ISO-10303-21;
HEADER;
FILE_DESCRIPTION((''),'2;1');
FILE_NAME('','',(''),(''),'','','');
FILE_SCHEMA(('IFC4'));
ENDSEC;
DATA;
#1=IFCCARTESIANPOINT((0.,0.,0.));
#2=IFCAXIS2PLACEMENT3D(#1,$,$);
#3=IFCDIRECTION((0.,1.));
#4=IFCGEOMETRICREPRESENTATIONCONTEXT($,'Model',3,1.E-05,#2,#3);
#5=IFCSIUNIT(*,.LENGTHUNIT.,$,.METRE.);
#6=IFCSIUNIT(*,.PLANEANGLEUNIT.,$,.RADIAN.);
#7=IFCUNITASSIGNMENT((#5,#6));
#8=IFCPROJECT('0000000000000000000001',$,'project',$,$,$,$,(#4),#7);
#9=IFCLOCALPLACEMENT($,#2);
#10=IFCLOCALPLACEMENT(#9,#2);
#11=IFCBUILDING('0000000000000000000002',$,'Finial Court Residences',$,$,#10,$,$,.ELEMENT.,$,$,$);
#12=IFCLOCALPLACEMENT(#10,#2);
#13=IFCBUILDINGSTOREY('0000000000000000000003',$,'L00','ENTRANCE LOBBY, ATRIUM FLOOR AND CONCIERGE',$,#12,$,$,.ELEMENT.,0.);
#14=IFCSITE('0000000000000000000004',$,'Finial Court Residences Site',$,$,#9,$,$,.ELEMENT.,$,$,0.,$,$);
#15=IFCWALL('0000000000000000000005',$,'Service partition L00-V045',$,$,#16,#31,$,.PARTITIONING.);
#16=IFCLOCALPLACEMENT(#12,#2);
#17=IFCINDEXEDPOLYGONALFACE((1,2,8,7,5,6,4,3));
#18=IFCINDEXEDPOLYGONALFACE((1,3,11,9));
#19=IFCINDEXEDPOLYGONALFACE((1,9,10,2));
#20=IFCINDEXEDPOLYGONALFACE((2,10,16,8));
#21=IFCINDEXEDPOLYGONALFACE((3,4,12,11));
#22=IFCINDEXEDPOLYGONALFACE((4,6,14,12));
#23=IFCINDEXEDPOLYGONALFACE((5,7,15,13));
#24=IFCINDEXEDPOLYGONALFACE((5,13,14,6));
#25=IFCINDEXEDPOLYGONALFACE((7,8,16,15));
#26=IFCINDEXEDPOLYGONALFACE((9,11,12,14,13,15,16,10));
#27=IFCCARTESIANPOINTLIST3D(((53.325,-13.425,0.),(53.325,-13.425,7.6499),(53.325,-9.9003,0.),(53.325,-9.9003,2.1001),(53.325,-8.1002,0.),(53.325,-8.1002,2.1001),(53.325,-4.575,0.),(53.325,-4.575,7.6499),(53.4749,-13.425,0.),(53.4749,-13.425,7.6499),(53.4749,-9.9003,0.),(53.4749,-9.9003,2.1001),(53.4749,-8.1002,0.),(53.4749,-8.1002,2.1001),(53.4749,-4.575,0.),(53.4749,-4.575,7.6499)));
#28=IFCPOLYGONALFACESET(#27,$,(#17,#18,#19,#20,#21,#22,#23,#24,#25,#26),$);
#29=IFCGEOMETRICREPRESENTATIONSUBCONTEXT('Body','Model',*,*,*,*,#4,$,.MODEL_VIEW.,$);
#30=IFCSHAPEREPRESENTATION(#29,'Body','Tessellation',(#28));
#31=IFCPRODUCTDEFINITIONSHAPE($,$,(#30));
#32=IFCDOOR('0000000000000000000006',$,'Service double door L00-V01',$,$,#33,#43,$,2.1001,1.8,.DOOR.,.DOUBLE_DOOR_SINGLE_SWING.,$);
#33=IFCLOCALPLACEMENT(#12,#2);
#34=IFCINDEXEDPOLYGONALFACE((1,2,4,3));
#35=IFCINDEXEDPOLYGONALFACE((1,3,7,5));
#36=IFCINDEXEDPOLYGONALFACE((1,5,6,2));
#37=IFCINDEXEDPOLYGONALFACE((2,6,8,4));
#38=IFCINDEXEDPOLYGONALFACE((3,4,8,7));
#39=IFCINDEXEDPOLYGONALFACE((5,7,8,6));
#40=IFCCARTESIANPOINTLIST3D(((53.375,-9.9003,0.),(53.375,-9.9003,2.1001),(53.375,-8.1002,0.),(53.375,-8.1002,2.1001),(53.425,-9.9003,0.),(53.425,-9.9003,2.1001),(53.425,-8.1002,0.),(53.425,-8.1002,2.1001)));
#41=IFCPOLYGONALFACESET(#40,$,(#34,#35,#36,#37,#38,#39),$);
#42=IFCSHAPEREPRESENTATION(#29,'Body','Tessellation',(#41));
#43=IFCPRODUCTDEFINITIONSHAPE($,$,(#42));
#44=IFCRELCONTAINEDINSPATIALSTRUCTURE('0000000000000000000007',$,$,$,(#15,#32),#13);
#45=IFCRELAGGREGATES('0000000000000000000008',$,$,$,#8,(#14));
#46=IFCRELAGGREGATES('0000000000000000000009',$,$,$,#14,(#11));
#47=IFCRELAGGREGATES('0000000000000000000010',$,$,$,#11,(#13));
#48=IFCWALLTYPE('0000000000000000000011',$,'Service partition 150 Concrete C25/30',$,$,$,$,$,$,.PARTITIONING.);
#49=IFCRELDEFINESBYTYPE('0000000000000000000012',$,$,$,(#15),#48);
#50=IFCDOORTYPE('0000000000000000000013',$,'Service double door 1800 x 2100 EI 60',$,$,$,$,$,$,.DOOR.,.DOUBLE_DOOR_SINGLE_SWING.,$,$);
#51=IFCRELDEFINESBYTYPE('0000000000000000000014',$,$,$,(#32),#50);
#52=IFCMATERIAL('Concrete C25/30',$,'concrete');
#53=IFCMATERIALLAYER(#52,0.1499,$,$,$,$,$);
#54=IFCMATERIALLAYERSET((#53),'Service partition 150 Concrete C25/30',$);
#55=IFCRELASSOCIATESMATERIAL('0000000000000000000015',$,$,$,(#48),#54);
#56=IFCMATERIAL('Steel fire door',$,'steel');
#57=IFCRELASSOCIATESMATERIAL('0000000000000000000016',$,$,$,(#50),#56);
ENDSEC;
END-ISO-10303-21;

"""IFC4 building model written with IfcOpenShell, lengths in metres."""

from ifc_helpers import new_model, si_unit, direction, frame, frame_2d, origin, place, context, subcontext, project, spatial, rectangle, extrude, material, layer, layer_set, type_object, element, fill, save


model = new_model("IFC4")

# Units and contexts
model_context = context("Model", 3, precision=1e-05, world=origin(), true_north=direction((0.0, 1.0)))
body_context = subcontext(model_context, "Body", "Model", "MODEL_VIEW")
ifc_project = project(units=[si_unit("LENGTHUNIT", "METRE"), si_unit("PLANEANGLEUNIT", "RADIAN")], contexts=[model_context])

# Site, building, storey
site_placement = place(None, origin())
site = spatial("IfcSite", under=ifc_project, at=site_placement, Name="Finial Court Residences Site", CompositionType="ELEMENT", RefElevation=0.0)
building_placement = place(site_placement, origin())
building = spatial("IfcBuilding", under=site, at=building_placement, Name="Finial Court Residences", CompositionType="ELEMENT")
storey_placement = place(building_placement, origin())
storey = spatial("IfcBuildingStorey", under=building, at=storey_placement, Name="L00", Description="ENTRANCE LOBBY, ATRIUM FLOOR AND CONCIERGE", CompositionType="ELEMENT", Elevation=0.0)

# Shared definitions
ifc_material_1 = material(Name="Concrete C25/30", Category="concrete")
ifc_layer_1 = layer(ifc_material_1, 0.1499)
ifc_layer_set_1 = layer_set([ifc_layer_1], Name="Service partition 150 Concrete C25/30")
wall_type_1 = type_object("IfcWallType", Name="Service partition 150 Concrete C25/30", PredefinedType="PARTITIONING", material=ifc_layer_set_1)

# Wall, opening, door
ifc_material_2 = material(Name="Steel fire door", Category="steel")
door_type_1 = type_object("IfcDoorType", Name="Service double door 1800 x 2100 EI 60", OperationType="DOUBLE_DOOR_SINGLE_SWING", PredefinedType="DOOR", material=ifc_material_2)
wall_1_placement = place(storey_placement, frame((53.3999, -13.425, 0.0), z_axis=(0.0, 0.0, 1.0), x_axis=(0.0, 1.0, 0.0)))
wall_1 = element("IfcWall", 1, at=wall_1_placement, inside=storey, type_object=wall_type_1, Name="Service partition L00-V045", PredefinedType="PARTITIONING", context=body_context, shape_type="SweptSolid", body=[
    extrude(rectangle(XDim=8.8501, YDim=0.1499, at=frame_2d((4.425, 0.0))), origin(), (0.0, 0.0, 1.0), 7.6499),
])
opening_1_placement = place(wall_1_placement, frame((3.5249, 0.0, 0.0)))
opening_1 = element("IfcOpeningElement", 2, at=opening_1_placement, cuts=wall_1, PredefinedType="OPENING", context=body_context, shape_type="SweptSolid", body=[
    extrude(rectangle(XDim=1.8, YDim=2.1001, at=frame_2d((0.8999, 1.05))), frame((0.0, 0.085, 0.0), z_axis=(0.0, -1.0, 0.0), x_axis=(1.0, 0.0, 0.0)), (0.0, 0.0, 1.0), 0.1699),
])
door_1_placement = place(opening_1_placement, origin())
door_1 = element("IfcDoor", 3, at=door_1_placement, inside=storey, type_object=door_type_1, Name="Service double door L00-V01", OperationType="DOUBLE_DOOR_SINGLE_SWING", OverallHeight=2.1001, OverallWidth=1.8, PredefinedType="DOOR", context=body_context, shape_type="SweptSolid", body=[
    extrude(rectangle(XDim=1.8, YDim=2.1001, at=frame_2d((0.8999, 1.05))), frame((0.0, 0.0249, 0.0), z_axis=(0.0, -1.0, 0.0), x_axis=(1.0, 0.0, 0.0)), (0.0, 0.0, 1.0), 0.05),
])
fill(opening_1, door_1)

save(model, "model.ifc")
